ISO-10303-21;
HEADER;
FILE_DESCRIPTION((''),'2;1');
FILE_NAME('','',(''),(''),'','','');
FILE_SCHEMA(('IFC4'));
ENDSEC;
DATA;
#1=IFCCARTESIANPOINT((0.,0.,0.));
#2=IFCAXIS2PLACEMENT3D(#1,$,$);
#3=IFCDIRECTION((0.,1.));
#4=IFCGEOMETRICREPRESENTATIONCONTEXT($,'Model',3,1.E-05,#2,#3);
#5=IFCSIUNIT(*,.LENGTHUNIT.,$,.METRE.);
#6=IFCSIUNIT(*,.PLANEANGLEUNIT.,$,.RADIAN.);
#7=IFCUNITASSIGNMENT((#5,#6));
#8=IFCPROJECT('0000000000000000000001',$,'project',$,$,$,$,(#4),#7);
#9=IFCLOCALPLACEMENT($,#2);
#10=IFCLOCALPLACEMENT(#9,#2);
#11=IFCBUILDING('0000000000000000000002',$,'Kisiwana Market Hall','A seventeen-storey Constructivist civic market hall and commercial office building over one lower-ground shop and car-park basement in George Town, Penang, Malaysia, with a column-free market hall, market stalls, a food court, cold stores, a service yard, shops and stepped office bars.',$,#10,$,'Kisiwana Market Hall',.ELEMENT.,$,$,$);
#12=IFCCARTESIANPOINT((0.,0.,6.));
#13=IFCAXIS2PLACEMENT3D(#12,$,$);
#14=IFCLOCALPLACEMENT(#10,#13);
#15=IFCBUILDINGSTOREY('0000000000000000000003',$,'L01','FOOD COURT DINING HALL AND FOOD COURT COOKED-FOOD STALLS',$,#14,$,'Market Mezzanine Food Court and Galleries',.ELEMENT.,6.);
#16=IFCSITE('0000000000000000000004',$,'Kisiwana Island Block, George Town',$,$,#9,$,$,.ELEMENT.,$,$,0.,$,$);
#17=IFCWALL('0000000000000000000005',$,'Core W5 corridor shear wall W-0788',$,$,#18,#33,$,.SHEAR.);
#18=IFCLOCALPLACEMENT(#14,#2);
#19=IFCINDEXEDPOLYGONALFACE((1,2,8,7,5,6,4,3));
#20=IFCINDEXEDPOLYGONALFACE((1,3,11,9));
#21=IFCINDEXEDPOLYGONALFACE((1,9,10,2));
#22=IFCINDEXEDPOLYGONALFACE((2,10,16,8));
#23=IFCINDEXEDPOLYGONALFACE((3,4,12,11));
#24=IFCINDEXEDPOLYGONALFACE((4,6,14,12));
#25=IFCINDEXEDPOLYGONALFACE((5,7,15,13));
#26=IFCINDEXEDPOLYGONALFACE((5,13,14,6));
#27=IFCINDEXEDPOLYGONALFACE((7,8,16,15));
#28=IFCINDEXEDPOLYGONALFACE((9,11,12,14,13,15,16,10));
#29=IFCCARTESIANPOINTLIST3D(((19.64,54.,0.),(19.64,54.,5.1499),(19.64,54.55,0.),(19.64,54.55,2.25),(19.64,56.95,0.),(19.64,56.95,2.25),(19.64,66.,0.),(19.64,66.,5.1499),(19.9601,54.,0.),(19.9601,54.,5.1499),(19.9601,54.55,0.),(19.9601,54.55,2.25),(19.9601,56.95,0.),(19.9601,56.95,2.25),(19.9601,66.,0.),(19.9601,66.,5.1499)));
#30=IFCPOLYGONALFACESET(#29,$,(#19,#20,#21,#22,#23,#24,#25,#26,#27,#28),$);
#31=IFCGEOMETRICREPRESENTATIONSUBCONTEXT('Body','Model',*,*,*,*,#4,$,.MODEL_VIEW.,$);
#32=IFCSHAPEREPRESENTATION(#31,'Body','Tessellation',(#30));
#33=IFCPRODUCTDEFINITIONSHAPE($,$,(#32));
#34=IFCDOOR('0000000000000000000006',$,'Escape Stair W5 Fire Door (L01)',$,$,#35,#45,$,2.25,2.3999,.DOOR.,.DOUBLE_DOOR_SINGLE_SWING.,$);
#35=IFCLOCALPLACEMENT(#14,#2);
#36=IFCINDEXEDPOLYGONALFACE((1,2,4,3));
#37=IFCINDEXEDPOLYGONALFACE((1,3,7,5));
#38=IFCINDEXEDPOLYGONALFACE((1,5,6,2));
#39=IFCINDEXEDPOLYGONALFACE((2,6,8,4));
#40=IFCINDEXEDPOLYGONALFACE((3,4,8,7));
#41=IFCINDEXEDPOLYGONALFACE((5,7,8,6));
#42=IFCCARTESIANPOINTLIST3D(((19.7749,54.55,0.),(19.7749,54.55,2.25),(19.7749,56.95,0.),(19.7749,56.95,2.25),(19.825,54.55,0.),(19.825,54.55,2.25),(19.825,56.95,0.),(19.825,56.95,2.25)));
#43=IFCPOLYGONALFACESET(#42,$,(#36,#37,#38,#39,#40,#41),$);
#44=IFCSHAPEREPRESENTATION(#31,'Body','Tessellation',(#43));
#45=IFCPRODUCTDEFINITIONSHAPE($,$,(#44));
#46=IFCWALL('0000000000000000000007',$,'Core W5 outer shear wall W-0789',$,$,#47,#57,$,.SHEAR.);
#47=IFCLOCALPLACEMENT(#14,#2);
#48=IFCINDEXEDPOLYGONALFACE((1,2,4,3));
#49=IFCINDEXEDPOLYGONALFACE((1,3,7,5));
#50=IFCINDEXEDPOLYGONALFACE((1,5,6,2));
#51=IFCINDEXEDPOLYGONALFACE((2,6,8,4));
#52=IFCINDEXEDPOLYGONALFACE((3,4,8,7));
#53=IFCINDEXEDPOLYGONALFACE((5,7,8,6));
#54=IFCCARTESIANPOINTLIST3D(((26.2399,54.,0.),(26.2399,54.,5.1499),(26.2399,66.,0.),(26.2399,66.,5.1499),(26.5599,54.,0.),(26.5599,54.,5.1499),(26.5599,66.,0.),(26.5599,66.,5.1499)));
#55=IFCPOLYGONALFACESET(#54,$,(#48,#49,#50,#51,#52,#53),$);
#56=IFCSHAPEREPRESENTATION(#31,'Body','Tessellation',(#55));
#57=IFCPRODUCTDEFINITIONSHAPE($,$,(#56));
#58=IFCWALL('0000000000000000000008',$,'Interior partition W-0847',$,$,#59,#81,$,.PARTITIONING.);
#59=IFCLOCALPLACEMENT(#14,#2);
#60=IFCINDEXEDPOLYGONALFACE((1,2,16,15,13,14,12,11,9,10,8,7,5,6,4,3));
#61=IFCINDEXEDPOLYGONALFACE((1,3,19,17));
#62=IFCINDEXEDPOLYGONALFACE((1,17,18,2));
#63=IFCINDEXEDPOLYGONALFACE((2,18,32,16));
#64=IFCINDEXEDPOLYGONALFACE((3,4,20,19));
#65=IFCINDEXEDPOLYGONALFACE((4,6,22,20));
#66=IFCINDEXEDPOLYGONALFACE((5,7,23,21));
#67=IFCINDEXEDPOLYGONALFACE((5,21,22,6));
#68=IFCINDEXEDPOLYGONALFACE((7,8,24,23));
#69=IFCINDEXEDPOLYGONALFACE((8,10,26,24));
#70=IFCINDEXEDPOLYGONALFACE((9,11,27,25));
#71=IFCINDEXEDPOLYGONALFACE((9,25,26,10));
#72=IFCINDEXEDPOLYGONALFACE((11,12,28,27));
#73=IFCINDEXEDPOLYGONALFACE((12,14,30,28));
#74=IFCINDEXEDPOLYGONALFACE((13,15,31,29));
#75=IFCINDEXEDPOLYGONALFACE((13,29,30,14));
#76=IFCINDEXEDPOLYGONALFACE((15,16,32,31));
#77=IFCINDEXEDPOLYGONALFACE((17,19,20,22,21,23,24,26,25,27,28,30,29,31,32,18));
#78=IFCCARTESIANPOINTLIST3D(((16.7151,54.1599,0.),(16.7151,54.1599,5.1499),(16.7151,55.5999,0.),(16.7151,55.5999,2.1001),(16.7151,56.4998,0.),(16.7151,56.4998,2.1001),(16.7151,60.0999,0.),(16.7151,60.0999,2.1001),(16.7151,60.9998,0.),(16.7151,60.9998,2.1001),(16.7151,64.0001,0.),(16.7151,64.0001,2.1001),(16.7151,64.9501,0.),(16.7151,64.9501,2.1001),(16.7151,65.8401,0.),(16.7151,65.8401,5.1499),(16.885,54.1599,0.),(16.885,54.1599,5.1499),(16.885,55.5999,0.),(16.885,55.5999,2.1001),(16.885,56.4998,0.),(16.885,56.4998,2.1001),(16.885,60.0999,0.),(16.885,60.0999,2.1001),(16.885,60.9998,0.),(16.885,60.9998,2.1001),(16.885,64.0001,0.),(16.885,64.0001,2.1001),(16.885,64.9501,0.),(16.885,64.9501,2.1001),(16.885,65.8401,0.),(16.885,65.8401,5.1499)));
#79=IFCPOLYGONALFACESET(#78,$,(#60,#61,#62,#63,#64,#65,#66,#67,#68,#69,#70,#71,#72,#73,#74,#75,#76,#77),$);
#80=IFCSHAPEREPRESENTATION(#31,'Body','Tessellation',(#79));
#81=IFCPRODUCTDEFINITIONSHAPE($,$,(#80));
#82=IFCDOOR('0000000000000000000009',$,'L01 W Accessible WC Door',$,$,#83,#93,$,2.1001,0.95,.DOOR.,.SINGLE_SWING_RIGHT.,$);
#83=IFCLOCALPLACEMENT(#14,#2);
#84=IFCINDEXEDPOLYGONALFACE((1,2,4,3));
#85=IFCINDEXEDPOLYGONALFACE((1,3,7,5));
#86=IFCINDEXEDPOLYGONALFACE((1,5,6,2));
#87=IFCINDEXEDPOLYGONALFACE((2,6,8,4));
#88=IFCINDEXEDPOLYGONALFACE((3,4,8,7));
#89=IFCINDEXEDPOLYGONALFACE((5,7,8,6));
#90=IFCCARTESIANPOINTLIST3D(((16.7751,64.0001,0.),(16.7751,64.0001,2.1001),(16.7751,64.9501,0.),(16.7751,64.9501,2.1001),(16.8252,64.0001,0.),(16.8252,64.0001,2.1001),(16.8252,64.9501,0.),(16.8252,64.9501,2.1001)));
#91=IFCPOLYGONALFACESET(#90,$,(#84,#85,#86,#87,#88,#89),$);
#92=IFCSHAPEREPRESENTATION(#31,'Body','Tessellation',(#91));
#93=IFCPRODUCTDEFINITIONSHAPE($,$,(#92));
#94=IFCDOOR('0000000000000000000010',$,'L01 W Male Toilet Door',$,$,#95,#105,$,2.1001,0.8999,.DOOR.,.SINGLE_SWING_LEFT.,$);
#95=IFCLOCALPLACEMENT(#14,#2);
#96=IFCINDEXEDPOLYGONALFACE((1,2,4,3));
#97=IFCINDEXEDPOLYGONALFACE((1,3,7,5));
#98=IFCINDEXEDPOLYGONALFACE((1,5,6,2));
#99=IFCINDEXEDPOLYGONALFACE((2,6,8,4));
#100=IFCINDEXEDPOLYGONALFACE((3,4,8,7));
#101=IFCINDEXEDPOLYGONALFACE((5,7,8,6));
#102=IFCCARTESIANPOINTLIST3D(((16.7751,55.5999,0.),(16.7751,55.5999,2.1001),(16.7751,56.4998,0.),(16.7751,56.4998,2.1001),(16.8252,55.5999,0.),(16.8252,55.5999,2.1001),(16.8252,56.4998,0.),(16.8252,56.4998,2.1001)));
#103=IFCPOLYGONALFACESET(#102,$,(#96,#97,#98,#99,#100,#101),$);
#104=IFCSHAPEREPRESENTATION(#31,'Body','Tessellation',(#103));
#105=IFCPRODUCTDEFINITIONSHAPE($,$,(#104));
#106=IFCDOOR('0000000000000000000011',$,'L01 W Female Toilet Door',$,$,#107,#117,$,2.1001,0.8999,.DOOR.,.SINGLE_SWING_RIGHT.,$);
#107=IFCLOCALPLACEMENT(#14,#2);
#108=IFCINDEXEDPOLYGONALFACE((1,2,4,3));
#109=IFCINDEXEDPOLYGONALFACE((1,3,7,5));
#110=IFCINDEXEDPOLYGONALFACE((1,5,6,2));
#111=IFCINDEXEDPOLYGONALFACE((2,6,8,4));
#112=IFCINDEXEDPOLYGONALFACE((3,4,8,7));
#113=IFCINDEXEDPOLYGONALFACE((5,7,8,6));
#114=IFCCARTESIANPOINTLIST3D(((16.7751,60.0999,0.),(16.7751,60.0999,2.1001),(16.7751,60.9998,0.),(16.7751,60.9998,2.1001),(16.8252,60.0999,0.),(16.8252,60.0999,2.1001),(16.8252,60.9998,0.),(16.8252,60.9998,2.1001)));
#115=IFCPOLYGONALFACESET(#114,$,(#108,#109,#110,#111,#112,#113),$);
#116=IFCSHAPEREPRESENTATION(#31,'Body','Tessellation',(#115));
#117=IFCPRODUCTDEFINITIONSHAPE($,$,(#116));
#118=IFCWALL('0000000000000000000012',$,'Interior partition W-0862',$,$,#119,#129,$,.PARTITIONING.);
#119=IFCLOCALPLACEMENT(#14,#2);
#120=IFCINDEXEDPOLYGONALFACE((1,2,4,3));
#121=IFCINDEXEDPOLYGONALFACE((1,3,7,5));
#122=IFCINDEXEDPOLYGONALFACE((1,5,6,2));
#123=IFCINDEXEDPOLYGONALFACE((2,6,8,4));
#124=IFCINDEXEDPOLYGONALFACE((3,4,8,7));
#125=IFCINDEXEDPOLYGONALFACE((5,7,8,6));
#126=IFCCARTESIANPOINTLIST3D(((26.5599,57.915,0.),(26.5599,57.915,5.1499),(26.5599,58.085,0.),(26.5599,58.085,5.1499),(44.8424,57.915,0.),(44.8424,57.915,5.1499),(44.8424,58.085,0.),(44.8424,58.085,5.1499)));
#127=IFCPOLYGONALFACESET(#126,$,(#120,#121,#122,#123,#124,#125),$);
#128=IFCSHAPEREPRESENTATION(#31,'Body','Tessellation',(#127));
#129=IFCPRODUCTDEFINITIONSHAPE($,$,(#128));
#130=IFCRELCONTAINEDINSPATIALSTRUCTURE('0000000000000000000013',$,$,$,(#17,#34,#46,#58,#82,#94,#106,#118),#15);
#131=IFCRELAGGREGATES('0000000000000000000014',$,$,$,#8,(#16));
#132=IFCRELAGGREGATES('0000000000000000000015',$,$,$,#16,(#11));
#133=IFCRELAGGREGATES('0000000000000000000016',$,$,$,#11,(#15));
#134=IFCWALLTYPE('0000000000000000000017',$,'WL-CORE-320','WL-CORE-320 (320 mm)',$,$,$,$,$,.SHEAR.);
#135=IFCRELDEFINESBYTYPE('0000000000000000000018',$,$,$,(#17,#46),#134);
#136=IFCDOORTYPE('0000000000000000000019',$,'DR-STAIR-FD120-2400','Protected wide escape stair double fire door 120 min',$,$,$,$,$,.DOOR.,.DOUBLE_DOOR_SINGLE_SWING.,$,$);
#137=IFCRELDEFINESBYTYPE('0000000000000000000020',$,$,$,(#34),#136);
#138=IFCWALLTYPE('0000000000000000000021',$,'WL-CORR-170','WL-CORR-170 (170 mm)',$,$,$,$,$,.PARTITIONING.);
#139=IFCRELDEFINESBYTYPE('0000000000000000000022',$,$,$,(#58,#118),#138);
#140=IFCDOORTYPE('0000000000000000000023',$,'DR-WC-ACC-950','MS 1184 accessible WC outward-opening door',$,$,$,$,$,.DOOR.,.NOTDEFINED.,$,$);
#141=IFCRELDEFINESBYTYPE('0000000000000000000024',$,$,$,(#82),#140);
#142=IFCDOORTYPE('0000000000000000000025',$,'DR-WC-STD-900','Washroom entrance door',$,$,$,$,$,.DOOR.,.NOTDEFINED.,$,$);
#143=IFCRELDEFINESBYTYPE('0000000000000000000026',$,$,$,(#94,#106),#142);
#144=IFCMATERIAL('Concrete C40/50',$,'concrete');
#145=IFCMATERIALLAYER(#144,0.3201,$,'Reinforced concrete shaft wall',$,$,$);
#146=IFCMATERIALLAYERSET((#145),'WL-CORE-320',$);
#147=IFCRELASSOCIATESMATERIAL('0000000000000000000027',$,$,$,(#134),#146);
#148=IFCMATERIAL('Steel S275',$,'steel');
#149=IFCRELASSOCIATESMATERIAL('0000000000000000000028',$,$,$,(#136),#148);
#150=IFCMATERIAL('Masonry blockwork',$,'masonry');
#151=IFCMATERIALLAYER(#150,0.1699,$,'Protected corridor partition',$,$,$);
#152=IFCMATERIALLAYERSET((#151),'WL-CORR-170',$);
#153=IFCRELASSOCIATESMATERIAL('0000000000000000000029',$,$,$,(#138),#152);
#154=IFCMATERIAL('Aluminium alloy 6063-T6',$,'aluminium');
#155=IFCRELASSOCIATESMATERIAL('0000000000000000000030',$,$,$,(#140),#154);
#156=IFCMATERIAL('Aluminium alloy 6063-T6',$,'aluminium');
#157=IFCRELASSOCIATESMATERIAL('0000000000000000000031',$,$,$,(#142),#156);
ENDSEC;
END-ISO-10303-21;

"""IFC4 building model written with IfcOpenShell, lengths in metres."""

from ifc_helpers import new_model, si_unit, direction, frame, frame_2d, origin, place, context, subcontext, project, spatial, rectangle, extrude, material, layer, layer_set, type_object, element, fill, save


model = new_model("IFC4")

# Units and contexts
model_context = context("Model", 3, precision=1e-05, world=origin(), true_north=direction((0.0, 1.0)))
body_context = subcontext(model_context, "Body", "Model", "MODEL_VIEW")
ifc_project = project(units=[si_unit("LENGTHUNIT", "METRE"), si_unit("PLANEANGLEUNIT", "RADIAN")], contexts=[model_context])

# Site, building, storey
site_placement = place(None, origin())
site = spatial("IfcSite", under=ifc_project, at=site_placement, Name="Kisiwana Island Block, George Town", CompositionType="ELEMENT", RefElevation=0.0)
building_placement = place(site_placement, origin())
building = spatial("IfcBuilding", under=site, at=building_placement, Name="Kisiwana Market Hall", Description="A seventeen-storey Constructivist civic market hall and commercial office building over one lower-ground shop and car-park basement in George Town, Penang, Malaysia, with a column-free market hall, market stalls, a food court, cold stores, a service yard, shops and stepped office bars.", LongName="Kisiwana Market Hall", CompositionType="ELEMENT")
storey_placement = place(building_placement, frame((0.0, 0.0, 6.0)))
storey = spatial("IfcBuildingStorey", under=building, at=storey_placement, Name="L01", Description="FOOD COURT DINING HALL AND FOOD COURT COOKED-FOOD STALLS", LongName="Market Mezzanine Food Court and Galleries", CompositionType="ELEMENT", Elevation=6.0)

# Shared definitions
ifc_material_1 = material(Name="Concrete C40/50", Category="concrete")
ifc_layer_1 = layer(ifc_material_1, 0.3201, Name="Reinforced concrete shaft wall")
ifc_layer_set_1 = layer_set([ifc_layer_1], Name="WL-CORE-320")
wall_type_1 = type_object("IfcWallType", Name="WL-CORE-320", Description="WL-CORE-320 (320 mm)", PredefinedType="SHEAR", material=ifc_layer_set_1)

# Wall, opening, door
wall_1_placement = place(storey_placement, frame((19.8, 54.0, 0.0), z_axis=(0.0, 0.0, 1.0), x_axis=(0.0, 1.0, 0.0)))
wall_1 = element("IfcWall", 1, at=wall_1_placement, inside=storey, type_object=wall_type_1, Name="Core W5 corridor shear wall W-0788", PredefinedType="SHEAR", context=body_context, shape_type="SweptSolid", body=[
    extrude(rectangle(XDim=12.0, YDim=0.3201, at=frame_2d((6.0, 0.0))), origin(), (0.0, 0.0, 1.0), 5.1499),
])
opening_1_placement = place(wall_1_placement, frame((0.55, 0.0, 0.0)))
opening_1 = element("IfcOpeningElement", 2, at=opening_1_placement, cuts=wall_1, PredefinedType="OPENING", context=body_context, shape_type="SweptSolid", body=[
    extrude(rectangle(XDim=2.3999, YDim=2.25, at=frame_2d((1.2, 1.125))), frame((0.0, 0.1719, 0.0), z_axis=(0.0, -1.0, 0.0), x_axis=(1.0, 0.0, 0.0)), (0.0, 0.0, 1.0), 0.344),
])
ifc_material_2 = material(Name="Steel S275", Category="steel")
door_type_1 = type_object("IfcDoorType", Name="DR-STAIR-FD120-2400", Description="Protected wide escape stair double fire door 120 min", OperationType="DOUBLE_DOOR_SINGLE_SWING", PredefinedType="DOOR", material=ifc_material_2)
door_1_placement = place(opening_1_placement, frame((2.3999, 0.0, 0.0), z_axis=(0.0, 0.0, 1.0), x_axis=(-1.0, 0.0, 0.0)))
door_1 = element("IfcDoor", 3, at=door_1_placement, inside=storey, type_object=door_type_1, Name="Escape Stair W5 Fire Door (L01)", OperationType="DOUBLE_DOOR_SINGLE_SWING", OverallHeight=2.25, OverallWidth=2.3999, PredefinedType="DOOR", context=body_context, shape_type="SweptSolid", body=[
    extrude(rectangle(XDim=2.3999, YDim=2.25, at=frame_2d((1.2, 1.125))), frame((0.0, 0.0249, 0.0), z_axis=(0.0, -1.0, 0.0), x_axis=(1.0, 0.0, 0.0)), (0.0, 0.0, 1.0), 0.05),
])
fill(opening_1, door_1)

# Wall
wall_2_placement = place(storey_placement, frame((26.3999, 54.0, 0.0), z_axis=(0.0, 0.0, 1.0), x_axis=(0.0, 1.0, 0.0)))
element("IfcWall", 4, at=wall_2_placement, inside=storey, type_object=wall_type_1, Name="Core W5 outer shear wall W-0789", PredefinedType="SHEAR", context=body_context, shape_type="SweptSolid", body=[
    extrude(rectangle(XDim=12.0, YDim=0.3201, at=frame_2d((6.0, 0.0))), origin(), (0.0, 0.0, 1.0), 5.1499),
])

# Wall, openings, doors
ifc_material_3 = material(Name="Masonry blockwork", Category="masonry")
ifc_layer_2 = layer(ifc_material_3, 0.1699, Name="Protected corridor partition")
ifc_layer_set_2 = layer_set([ifc_layer_2], Name="WL-CORR-170")
wall_type_2 = type_object("IfcWallType", Name="WL-CORR-170", Description="WL-CORR-170 (170 mm)", PredefinedType="PARTITIONING", material=ifc_layer_set_2)
wall_3_placement = place(storey_placement, frame((16.8, 54.1599, 0.0), z_axis=(0.0, 0.0, 1.0), x_axis=(0.0, 1.0, 0.0)))
wall_3 = element("IfcWall", 5, at=wall_3_placement, inside=storey, type_object=wall_type_2, Name="Interior partition W-0847", PredefinedType="PARTITIONING", context=body_context, shape_type="SweptSolid", body=[
    extrude(rectangle(XDim=11.6802, YDim=0.1699, at=frame_2d((5.8401, 0.0))), origin(), (0.0, 0.0, 1.0), 5.1499),
])
opening_2_placement = place(wall_3_placement, frame((1.4399, 0.0, 0.0)))
opening_2 = element("IfcOpeningElement", 6, at=opening_2_placement, cuts=wall_3, PredefinedType="OPENING", context=body_context, shape_type="SweptSolid", body=[
    extrude(rectangle(XDim=0.8999, YDim=2.1001, at=frame_2d((0.45, 1.05))), frame((0.0, 0.0969, 0.0), z_axis=(0.0, -1.0, 0.0), x_axis=(1.0, 0.0, 0.0)), (0.0, 0.0, 1.0), 0.1938),
])
opening_3_placement = place(wall_3_placement, frame((5.9399, 0.0, 0.0)))
opening_3 = element("IfcOpeningElement", 7, at=opening_3_placement, cuts=wall_3, PredefinedType="OPENING", context=body_context, shape_type="SweptSolid", body=[
    extrude(rectangle(XDim=0.8999, YDim=2.1001, at=frame_2d((0.45, 1.05))), frame((0.0, 0.0969, 0.0), z_axis=(0.0, -1.0, 0.0), x_axis=(1.0, 0.0, 0.0)), (0.0, 0.0, 1.0), 0.1938),
])
opening_4_placement = place(wall_3_placement, frame((9.8401, 0.0, 0.0)))
opening_4 = element("IfcOpeningElement", 8, at=opening_4_placement, cuts=wall_3, PredefinedType="OPENING", context=body_context, shape_type="SweptSolid", body=[
    extrude(rectangle(XDim=0.95, YDim=2.1001, at=frame_2d((0.4751, 1.05))), frame((0.0, 0.0969, 0.0), z_axis=(0.0, -1.0, 0.0), x_axis=(1.0, 0.0, 0.0)), (0.0, 0.0, 1.0), 0.1938),
])
ifc_material_4 = material(Name="Aluminium alloy 6063-T6", Category="aluminium")
door_type_2 = type_object("IfcDoorType", Name="DR-WC-ACC-950", Description="MS 1184 accessible WC outward-opening door", OperationType="NOTDEFINED", PredefinedType="DOOR", material=ifc_material_4)
door_2_placement = place(opening_4_placement, origin())
door_2 = element("IfcDoor", 9, at=door_2_placement, inside=storey, type_object=door_type_2, Name="L01 W Accessible WC Door", OperationType="SINGLE_SWING_RIGHT", OverallHeight=2.1001, OverallWidth=0.95, PredefinedType="DOOR", context=body_context, shape_type="SweptSolid", body=[
    extrude(rectangle(XDim=0.95, YDim=2.1001, at=frame_2d((0.4751, 1.05))), frame((0.0, 0.0249, 0.0), z_axis=(0.0, -1.0, 0.0), x_axis=(1.0, 0.0, 0.0)), (0.0, 0.0, 1.0), 0.05),
])
fill(opening_4, door_2)
ifc_material_5 = material(Name="Aluminium alloy 6063-T6", Category="aluminium")
door_type_3 = type_object("IfcDoorType", Name="DR-WC-STD-900", Description="Washroom entrance door", OperationType="NOTDEFINED", PredefinedType="DOOR", material=ifc_material_5)
door_3_placement = place(opening_2_placement, origin())
door_3 = element("IfcDoor", 10, at=door_3_placement, inside=storey, type_object=door_type_3, Name="L01 W Male Toilet Door", OperationType="SINGLE_SWING_LEFT", OverallHeight=2.1001, OverallWidth=0.8999, PredefinedType="DOOR", context=body_context, shape_type="SweptSolid", body=[
    extrude(rectangle(XDim=0.8999, YDim=2.1001, at=frame_2d((0.45, 1.05))), frame((0.0, 0.0249, 0.0), z_axis=(0.0, -1.0, 0.0), x_axis=(1.0, 0.0, 0.0)), (0.0, 0.0, 1.0), 0.05),
])
fill(opening_2, door_3)
door_4_placement = place(opening_3_placement, origin())
door_4 = element("IfcDoor", 11, at=door_4_placement, inside=storey, type_object=door_type_3, Name="L01 W Female Toilet Door", OperationType="SINGLE_SWING_RIGHT", OverallHeight=2.1001, OverallWidth=0.8999, PredefinedType="DOOR", context=body_context, shape_type="SweptSolid", body=[
    extrude(rectangle(XDim=0.8999, YDim=2.1001, at=frame_2d((0.45, 1.05))), frame((0.0, 0.0249, 0.0), z_axis=(0.0, -1.0, 0.0), x_axis=(1.0, 0.0, 0.0)), (0.0, 0.0, 1.0), 0.05),
])
fill(opening_3, door_4)

# Wall
wall_4_placement = place(storey_placement, frame((26.5601, 58.0, 0.0), z_axis=(0.0, 0.0, 1.0), x_axis=(1.0, 0.0, 0.0)))
element("IfcWall", 12, at=wall_4_placement, inside=storey, type_object=wall_type_2, Name="Interior partition W-0862", PredefinedType="PARTITIONING", context=body_context, shape_type="SweptSolid", body=[
    extrude(rectangle(XDim=18.2825, YDim=0.1699, at=frame_2d((9.1411, 0.0))), origin(), (0.0, 0.0, 1.0), 5.1499),
])

save(model, "model.ifc")
